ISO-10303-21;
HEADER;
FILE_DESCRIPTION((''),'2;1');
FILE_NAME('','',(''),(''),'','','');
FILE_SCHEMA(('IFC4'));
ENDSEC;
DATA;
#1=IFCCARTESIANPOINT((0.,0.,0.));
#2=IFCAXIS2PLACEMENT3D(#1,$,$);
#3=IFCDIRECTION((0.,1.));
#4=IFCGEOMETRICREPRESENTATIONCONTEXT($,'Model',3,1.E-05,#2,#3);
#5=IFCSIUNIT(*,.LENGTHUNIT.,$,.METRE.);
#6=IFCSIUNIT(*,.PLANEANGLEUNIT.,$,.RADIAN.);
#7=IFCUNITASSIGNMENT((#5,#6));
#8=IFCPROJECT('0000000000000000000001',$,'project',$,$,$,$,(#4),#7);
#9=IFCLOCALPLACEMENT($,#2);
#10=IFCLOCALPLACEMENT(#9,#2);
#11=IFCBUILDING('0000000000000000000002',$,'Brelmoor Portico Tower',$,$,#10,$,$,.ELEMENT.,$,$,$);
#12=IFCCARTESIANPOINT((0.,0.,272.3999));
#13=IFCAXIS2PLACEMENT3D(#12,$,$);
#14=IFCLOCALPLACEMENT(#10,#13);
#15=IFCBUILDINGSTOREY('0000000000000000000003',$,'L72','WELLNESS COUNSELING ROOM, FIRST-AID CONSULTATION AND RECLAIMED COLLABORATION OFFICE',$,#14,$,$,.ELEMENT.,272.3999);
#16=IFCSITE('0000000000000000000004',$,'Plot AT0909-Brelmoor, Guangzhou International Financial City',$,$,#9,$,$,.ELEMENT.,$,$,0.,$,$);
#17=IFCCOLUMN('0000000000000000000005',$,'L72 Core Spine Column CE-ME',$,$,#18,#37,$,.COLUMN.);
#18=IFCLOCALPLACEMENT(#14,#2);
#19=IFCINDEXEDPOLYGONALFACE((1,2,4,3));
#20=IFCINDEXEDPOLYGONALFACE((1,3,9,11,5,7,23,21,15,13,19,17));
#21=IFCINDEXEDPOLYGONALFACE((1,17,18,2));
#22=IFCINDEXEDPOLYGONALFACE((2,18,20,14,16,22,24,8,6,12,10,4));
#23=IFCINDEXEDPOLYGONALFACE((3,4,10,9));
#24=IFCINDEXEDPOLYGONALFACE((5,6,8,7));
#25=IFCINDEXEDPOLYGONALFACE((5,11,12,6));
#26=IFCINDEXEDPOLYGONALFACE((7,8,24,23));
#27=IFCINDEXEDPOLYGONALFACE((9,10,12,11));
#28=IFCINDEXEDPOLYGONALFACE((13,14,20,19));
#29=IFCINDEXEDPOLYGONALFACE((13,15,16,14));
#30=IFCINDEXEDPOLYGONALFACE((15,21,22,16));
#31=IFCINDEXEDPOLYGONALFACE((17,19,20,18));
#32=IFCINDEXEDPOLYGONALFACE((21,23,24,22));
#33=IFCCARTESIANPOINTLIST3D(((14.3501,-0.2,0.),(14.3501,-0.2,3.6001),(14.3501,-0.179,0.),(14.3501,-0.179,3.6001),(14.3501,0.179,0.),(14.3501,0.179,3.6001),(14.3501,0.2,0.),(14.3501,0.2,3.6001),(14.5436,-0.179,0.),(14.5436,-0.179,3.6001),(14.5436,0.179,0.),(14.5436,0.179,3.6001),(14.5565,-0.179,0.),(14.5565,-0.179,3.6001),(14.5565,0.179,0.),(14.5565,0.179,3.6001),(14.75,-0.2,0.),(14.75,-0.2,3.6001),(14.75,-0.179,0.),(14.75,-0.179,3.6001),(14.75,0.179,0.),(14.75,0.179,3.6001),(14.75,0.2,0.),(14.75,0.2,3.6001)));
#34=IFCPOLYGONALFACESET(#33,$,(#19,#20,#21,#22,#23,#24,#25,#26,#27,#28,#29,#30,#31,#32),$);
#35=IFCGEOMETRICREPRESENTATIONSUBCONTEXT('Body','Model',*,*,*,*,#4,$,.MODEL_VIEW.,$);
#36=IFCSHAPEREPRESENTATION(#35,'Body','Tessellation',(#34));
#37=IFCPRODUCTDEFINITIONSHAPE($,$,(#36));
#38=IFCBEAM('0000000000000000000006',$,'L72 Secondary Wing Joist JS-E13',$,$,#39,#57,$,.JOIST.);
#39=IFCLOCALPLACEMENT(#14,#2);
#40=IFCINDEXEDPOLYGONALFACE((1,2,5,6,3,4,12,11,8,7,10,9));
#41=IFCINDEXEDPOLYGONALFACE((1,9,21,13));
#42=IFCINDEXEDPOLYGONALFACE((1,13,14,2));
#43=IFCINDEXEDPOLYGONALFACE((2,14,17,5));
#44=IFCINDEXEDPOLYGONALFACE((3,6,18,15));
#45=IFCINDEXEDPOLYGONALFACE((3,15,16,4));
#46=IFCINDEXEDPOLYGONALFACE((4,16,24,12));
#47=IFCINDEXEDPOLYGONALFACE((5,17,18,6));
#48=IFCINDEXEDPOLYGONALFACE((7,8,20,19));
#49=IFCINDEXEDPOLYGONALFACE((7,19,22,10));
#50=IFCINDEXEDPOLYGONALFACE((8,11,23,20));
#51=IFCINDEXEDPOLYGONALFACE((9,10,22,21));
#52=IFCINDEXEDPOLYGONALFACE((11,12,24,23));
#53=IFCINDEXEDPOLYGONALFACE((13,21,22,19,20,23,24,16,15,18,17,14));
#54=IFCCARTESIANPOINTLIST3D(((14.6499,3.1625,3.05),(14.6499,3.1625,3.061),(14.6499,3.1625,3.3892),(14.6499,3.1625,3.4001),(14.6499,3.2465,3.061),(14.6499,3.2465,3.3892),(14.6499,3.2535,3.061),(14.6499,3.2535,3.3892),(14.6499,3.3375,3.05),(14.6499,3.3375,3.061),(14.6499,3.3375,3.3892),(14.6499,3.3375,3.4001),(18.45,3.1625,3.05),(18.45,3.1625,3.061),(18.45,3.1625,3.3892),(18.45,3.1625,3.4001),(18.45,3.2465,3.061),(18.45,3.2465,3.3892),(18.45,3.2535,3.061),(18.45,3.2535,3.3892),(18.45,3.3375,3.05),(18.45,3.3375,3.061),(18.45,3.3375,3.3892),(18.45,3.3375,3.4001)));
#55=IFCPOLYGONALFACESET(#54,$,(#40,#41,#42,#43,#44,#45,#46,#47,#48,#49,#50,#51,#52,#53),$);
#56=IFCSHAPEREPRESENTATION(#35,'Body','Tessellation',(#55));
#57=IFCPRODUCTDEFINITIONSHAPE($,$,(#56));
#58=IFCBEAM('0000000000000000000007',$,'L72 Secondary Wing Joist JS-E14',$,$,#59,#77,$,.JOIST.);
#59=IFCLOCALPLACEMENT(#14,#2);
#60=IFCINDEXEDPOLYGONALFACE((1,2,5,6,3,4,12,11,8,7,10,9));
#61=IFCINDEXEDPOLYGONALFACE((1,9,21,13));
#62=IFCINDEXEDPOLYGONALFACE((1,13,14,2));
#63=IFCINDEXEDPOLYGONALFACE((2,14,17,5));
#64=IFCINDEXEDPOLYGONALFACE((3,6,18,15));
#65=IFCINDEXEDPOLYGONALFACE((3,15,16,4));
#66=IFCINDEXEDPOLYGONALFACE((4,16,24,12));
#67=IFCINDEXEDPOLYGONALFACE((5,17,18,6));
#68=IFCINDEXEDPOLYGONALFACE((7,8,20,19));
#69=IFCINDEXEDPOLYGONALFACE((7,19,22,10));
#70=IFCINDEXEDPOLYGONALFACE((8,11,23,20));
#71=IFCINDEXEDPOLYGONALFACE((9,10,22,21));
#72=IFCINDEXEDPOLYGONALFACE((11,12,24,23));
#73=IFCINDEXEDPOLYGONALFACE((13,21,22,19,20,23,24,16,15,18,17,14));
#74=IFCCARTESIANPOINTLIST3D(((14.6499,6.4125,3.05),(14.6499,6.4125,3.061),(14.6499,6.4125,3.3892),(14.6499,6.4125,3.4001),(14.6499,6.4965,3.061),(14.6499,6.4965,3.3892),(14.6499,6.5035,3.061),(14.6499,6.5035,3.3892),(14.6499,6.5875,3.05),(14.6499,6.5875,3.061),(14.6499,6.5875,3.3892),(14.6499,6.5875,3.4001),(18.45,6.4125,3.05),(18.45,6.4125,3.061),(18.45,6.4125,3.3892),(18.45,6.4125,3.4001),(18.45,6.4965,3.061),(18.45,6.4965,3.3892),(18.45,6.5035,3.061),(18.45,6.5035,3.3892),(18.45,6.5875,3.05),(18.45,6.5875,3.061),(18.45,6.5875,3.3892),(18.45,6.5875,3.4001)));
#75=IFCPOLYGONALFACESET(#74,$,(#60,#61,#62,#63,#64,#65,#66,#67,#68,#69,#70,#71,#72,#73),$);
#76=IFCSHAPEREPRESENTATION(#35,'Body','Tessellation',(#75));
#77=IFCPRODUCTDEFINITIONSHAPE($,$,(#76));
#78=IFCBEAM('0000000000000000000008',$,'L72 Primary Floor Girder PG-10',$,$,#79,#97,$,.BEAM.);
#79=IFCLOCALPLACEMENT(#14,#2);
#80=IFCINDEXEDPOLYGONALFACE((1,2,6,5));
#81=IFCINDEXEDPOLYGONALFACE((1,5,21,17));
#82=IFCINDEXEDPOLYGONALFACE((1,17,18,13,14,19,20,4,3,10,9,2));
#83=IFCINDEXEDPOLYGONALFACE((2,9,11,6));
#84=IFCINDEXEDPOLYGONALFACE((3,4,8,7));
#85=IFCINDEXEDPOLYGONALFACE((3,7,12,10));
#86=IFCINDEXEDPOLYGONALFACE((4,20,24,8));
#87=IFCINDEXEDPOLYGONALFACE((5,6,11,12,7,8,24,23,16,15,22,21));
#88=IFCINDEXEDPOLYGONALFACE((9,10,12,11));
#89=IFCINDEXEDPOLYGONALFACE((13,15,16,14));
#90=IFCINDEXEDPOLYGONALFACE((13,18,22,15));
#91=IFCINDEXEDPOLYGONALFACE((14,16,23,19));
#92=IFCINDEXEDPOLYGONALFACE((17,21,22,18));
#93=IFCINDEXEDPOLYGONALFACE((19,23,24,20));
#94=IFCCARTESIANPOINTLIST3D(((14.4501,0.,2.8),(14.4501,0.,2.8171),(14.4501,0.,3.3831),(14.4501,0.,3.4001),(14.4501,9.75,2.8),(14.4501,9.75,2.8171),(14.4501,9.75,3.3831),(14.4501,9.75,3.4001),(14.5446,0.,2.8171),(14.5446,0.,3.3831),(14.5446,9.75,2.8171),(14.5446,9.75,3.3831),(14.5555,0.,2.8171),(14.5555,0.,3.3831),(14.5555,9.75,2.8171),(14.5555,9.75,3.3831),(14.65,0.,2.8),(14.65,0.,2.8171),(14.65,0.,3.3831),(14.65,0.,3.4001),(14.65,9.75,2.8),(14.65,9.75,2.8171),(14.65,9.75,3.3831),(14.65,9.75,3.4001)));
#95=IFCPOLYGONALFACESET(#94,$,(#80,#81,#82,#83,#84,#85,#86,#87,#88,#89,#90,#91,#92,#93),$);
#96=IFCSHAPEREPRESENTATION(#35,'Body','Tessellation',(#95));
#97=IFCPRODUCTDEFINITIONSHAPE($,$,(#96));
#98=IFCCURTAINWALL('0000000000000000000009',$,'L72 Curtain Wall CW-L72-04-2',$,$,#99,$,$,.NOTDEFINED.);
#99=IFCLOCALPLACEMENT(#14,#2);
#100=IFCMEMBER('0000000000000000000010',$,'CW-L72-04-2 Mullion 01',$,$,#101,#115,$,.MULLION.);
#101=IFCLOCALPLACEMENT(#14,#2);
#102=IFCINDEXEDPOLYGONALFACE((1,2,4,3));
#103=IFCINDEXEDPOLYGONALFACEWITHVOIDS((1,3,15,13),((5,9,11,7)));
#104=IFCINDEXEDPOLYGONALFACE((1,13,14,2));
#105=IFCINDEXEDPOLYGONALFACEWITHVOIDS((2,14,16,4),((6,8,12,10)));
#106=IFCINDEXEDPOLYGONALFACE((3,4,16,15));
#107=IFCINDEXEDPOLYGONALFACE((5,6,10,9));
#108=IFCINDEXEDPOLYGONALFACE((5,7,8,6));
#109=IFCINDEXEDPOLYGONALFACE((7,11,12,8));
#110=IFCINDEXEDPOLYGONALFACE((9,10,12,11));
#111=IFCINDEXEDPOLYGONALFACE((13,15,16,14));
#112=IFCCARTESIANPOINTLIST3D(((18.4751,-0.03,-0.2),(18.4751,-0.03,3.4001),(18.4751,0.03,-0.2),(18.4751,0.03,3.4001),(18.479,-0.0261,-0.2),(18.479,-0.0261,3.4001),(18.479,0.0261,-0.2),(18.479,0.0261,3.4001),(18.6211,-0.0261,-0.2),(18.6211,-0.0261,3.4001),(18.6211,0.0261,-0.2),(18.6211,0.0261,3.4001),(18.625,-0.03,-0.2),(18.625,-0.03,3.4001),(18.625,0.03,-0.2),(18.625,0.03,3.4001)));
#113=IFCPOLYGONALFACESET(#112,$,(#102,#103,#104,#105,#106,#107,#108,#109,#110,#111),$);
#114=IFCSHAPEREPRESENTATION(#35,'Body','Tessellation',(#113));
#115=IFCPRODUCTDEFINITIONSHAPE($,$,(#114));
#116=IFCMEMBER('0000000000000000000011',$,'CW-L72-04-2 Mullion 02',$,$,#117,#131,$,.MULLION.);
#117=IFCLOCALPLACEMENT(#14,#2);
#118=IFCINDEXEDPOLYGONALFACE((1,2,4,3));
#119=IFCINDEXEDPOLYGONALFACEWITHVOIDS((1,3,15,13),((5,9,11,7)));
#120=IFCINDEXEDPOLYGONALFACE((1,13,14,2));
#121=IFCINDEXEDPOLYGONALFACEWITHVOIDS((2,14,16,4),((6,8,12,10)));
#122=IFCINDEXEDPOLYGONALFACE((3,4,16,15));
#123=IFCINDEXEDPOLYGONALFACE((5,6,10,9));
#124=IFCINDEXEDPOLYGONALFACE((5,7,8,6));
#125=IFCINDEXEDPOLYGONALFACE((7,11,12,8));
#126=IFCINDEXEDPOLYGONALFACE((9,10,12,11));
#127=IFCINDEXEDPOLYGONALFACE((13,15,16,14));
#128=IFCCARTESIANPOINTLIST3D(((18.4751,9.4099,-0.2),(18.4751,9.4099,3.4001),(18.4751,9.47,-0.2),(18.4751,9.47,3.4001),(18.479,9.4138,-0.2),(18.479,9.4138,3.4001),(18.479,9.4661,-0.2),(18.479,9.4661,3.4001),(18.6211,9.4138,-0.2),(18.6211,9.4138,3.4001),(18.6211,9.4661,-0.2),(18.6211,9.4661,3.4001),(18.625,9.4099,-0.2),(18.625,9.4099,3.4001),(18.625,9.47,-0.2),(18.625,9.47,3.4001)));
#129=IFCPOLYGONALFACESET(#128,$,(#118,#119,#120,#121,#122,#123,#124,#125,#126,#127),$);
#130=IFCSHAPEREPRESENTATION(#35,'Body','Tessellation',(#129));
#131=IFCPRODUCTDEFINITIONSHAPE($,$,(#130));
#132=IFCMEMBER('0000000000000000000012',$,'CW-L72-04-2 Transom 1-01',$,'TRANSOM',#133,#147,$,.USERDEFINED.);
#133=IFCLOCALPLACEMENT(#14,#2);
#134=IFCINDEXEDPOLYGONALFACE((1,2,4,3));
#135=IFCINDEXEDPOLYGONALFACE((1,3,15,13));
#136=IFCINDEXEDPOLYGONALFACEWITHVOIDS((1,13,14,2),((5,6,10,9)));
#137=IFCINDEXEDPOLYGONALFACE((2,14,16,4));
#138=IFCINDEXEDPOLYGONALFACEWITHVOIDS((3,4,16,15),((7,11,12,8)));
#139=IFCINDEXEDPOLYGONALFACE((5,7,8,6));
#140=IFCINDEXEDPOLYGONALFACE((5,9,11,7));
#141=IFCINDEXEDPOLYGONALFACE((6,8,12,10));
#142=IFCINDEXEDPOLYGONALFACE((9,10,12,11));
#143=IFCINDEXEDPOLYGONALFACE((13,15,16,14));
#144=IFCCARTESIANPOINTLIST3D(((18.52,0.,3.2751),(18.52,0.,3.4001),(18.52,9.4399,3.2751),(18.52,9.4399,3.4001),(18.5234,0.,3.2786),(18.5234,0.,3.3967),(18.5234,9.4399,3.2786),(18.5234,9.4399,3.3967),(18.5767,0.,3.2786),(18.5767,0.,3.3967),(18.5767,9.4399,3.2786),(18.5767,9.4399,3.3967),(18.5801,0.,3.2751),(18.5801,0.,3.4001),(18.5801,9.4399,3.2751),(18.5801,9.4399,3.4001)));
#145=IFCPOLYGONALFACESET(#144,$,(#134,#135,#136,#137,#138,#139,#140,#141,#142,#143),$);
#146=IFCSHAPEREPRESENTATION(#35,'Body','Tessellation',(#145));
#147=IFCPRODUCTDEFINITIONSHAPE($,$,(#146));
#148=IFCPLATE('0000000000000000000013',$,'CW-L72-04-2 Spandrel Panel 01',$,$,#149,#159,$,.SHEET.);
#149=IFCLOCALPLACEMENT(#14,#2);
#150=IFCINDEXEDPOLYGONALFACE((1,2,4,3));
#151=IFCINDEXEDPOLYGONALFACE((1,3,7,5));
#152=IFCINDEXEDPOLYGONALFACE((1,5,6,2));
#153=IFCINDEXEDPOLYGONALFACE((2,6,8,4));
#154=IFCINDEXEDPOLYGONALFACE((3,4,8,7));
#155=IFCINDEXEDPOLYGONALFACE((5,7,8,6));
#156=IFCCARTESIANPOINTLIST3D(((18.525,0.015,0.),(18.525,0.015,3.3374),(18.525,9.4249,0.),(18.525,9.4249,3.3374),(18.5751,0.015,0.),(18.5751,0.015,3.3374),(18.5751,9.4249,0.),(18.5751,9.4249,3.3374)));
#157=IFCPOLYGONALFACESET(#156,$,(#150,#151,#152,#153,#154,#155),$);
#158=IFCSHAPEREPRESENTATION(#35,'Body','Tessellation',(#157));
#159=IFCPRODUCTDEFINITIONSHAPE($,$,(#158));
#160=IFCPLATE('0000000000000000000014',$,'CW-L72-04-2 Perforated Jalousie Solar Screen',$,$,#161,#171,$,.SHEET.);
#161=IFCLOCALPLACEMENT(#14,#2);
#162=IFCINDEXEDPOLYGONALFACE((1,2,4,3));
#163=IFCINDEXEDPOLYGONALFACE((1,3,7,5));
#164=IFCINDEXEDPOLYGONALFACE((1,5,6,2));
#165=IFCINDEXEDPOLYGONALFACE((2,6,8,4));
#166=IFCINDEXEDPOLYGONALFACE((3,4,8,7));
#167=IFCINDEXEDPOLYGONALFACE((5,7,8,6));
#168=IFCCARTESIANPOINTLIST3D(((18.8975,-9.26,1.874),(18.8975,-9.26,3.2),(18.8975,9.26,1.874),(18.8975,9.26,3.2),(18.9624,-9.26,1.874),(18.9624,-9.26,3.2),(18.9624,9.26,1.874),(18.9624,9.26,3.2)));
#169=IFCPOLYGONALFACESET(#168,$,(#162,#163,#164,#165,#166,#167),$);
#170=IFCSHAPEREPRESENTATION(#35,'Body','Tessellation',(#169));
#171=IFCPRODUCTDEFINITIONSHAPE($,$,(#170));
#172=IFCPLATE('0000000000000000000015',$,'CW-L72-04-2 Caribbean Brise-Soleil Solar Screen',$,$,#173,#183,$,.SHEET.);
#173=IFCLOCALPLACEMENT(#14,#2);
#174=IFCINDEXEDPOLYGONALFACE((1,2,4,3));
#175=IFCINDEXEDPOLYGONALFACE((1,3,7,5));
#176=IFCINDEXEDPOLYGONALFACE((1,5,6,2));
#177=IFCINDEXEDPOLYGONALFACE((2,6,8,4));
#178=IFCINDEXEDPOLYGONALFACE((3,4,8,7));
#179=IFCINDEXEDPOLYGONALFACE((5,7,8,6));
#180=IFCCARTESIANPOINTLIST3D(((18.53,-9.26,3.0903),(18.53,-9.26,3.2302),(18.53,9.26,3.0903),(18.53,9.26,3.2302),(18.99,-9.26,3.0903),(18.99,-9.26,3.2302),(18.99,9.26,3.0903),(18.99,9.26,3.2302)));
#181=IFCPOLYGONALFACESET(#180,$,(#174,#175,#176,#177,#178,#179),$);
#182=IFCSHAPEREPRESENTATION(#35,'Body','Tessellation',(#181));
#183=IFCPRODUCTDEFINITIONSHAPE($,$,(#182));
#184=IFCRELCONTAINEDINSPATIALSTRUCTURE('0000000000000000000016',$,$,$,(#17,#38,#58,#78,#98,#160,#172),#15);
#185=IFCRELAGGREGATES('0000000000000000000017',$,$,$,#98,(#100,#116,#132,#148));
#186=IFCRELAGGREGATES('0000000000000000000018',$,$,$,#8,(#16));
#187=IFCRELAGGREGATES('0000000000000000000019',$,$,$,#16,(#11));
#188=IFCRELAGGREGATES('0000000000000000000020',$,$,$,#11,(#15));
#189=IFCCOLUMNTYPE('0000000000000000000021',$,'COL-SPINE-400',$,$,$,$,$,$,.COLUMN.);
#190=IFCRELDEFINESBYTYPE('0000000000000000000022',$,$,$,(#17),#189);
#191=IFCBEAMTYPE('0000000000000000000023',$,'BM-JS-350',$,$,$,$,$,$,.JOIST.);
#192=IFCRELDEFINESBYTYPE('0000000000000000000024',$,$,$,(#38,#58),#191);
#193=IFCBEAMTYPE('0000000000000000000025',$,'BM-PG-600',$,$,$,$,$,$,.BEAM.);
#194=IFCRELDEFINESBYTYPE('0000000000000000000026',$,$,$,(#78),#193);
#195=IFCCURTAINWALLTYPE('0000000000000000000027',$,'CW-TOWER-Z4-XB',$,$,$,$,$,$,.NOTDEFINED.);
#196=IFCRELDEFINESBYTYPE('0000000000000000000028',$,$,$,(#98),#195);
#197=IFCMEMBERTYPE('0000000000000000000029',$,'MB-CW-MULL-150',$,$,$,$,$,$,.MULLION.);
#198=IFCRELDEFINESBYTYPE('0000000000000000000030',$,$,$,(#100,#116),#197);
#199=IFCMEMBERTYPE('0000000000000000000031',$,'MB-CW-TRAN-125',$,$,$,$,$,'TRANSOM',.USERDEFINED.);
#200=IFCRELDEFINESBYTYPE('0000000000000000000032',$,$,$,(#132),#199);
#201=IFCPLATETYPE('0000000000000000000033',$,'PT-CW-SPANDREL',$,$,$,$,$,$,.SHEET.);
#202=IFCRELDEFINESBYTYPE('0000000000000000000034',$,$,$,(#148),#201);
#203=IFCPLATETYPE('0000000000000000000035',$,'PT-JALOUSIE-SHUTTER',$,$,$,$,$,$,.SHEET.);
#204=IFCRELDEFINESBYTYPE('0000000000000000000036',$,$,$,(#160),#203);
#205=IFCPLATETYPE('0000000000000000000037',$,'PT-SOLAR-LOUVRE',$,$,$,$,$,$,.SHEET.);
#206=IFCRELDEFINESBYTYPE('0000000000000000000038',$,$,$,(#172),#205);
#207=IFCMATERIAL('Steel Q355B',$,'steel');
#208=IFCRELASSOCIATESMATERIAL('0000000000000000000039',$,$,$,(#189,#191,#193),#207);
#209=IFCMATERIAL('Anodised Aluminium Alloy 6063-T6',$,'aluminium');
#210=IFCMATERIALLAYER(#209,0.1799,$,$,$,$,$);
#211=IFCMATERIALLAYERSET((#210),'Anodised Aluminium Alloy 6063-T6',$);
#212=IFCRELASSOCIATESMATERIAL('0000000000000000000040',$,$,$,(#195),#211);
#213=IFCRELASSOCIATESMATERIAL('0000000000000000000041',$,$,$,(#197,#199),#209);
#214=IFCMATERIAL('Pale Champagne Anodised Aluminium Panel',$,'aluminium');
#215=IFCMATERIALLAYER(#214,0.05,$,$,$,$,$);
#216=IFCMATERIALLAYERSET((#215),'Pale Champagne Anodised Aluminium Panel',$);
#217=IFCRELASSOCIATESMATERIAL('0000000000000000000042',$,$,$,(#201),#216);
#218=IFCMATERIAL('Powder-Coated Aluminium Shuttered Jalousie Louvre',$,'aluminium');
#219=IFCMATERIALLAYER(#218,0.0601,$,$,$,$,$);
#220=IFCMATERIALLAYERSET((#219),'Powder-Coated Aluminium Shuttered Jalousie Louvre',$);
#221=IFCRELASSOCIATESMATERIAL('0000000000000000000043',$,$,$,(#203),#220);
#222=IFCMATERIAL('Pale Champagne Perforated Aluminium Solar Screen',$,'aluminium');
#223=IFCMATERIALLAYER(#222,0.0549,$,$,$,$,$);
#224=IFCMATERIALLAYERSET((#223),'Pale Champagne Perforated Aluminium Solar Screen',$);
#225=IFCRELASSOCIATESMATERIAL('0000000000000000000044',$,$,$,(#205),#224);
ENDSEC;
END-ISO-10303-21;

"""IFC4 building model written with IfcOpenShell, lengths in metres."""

from ifc_helpers import new_model, si_unit, direction, frame, origin, origin_2d, place, context, subcontext, project, spatial, rectangle, hollow_rectangle, i_section, extrude, material, layer, layer_set, material_profile, profile_set, type_object, element, aggregate, save


model = new_model("IFC4")

# Units and contexts
model_context = context("Model", 3, precision=1e-05, world=origin(), true_north=direction((0.0, 1.0)))
body_context = subcontext(model_context, "Body", "Model", "MODEL_VIEW")
ifc_project = project(units=[si_unit("LENGTHUNIT", "METRE"), si_unit("PLANEANGLEUNIT", "RADIAN")], contexts=[model_context])

# Site, building, storey
site_placement = place(None, origin())
site = spatial("IfcSite", under=ifc_project, at=site_placement, Name="Plot AT0909-Brelmoor, Guangzhou International Financial City", CompositionType="ELEMENT", RefElevation=0.0)
building_placement = place(site_placement, origin())
building = spatial("IfcBuilding", under=site, at=building_placement, Name="Brelmoor Portico Tower", CompositionType="ELEMENT")
storey_placement = place(building_placement, frame((0.0, 0.0, 272.3999)))
storey = spatial("IfcBuildingStorey", under=building, at=storey_placement, Name="L72", Description="WELLNESS COUNSELING ROOM, FIRST-AID CONSULTATION AND RECLAIMED COLLABORATION OFFICE", CompositionType="ELEMENT", Elevation=272.3999)

# Column
ifc_material_1 = material(Name="Steel Q355B", Category="steel")
ifc_material_profile_1 = material_profile(ifc_material_1, i_section(OverallWidth=0.3999, OverallDepth=0.3999, WebThickness=0.0129, FlangeThickness=0.021, at=origin_2d()), Name="HW 400x400x13x21")
ifc_profile_set_1 = profile_set([ifc_material_profile_1], Name="Steel Q355B")
column_type = type_object("IfcColumnType", Name="COL-SPINE-400", PredefinedType="COLUMN", material=ifc_profile_set_1)
column_placement = place(storey_placement, frame((14.55, 0.0, 0.0), z_axis=(0.0, 0.0, 1.0), x_axis=(1.0, 0.0, 0.0)))
element("IfcColumn", 1, at=column_placement, inside=storey, type_object=column_type, Name="L72 Core Spine Column CE-ME", PredefinedType="COLUMN", context=body_context, shape_type="SweptSolid", body=[
    extrude(i_section(OverallWidth=0.3999, OverallDepth=0.3999, WebThickness=0.0129, FlangeThickness=0.021, at=origin_2d()), origin(), (0.0, 0.0, 1.0), 3.6001),
])

# Beams
ifc_material_profile_2 = material_profile(ifc_material_1, i_section(OverallWidth=0.175, OverallDepth=0.3501, WebThickness=0.0071, FlangeThickness=0.011, at=origin_2d()), Name="HN 350x175x7x11")
ifc_profile_set_2 = profile_set([ifc_material_profile_2], Name="Steel Q355B")
beam_type_1 = type_object("IfcBeamType", Name="BM-JS-350", PredefinedType="JOIST", material=ifc_profile_set_2)
for number, where, z_axis, x_axis, name in (
    (2, (14.6499, 3.25, 3.2251), (1.0, 0.0, 0.0), (0.0, 1.0, 0.0), "L72 Secondary Wing Joist JS-E13"),
    (3, (14.6499, 6.5, 3.2251), (1.0, 0.0, 0.0), (0.0, 1.0, 0.0), "L72 Secondary Wing Joist JS-E14"),
):
    element("IfcBeam", number, at=place(storey_placement, frame(where, z_axis=z_axis, x_axis=x_axis)), inside=storey, type_object=beam_type_1, Name=name, PredefinedType="JOIST", context=body_context, shape_type="SweptSolid", body=[
        extrude(i_section(OverallWidth=0.175, OverallDepth=0.3501, WebThickness=0.0071, FlangeThickness=0.011, at=origin_2d()), origin(), (0.0, 0.0, 1.0), 3.8),
    ])
ifc_material_profile_3 = material_profile(ifc_material_1, i_section(OverallWidth=0.2, OverallDepth=0.6001, WebThickness=0.011, FlangeThickness=0.0171, at=origin_2d()), Name="HN 600x200x11x17")
ifc_profile_set_3 = profile_set([ifc_material_profile_3], Name="Steel Q355B")
beam_type_2 = type_object("IfcBeamType", Name="BM-PG-600", PredefinedType="BEAM", material=ifc_profile_set_3)
beam_placement = place(storey_placement, frame((14.55, 0.0, 3.1001), z_axis=(0.0, 1.0, 0.0), x_axis=(-1.0, 0.0, 0.0)))
element("IfcBeam", 4, at=beam_placement, inside=storey, type_object=beam_type_2, Name="L72 Primary Floor Girder PG-10", PredefinedType="BEAM", context=body_context, shape_type="SweptSolid", body=[
    extrude(i_section(OverallWidth=0.2, OverallDepth=0.6001, WebThickness=0.011, FlangeThickness=0.0171, at=origin_2d()), origin(), (0.0, 0.0, 1.0), 9.75),
])

# Curtain wall, members, plate
ifc_material_2 = material(Name="Anodised Aluminium Alloy 6063-T6", Category="aluminium")
ifc_layer_1 = layer(ifc_material_2, 0.1799)
ifc_layer_set_1 = layer_set([ifc_layer_1], Name="Anodised Aluminium Alloy 6063-T6")
curtain_wall_type = type_object("IfcCurtainWallType", Name="CW-TOWER-Z4-XB", PredefinedType="NOTDEFINED", material=ifc_layer_set_1)
curtain_wall_placement = place(storey_placement, origin())
curtain_wall = element("IfcCurtainWall", 5, at=curtain_wall_placement, inside=storey, type_object=curtain_wall_type, Name="L72 Curtain Wall CW-L72-04-2", PredefinedType="NOTDEFINED")
ifc_material_profile_4 = material_profile(ifc_material_2, hollow_rectangle(XDim=0.0601, YDim=0.1499, WallThickness=0.0039, at=origin_2d()), Name="ALU MULLION 60x150")
ifc_profile_set_4 = profile_set([ifc_material_profile_4], Name="Anodised Aluminium Alloy 6063-T6")
member_type_1 = type_object("IfcMemberType", Name="MB-CW-MULL-150", PredefinedType="MULLION", material=ifc_profile_set_4)
member_1_placement = place(storey_placement, frame((18.55, 0.0, -0.2), z_axis=(0.0, 0.0, 1.0), x_axis=(0.0, 1.0, 0.0)))
member_1 = element("IfcMember", 6, at=member_1_placement, type_object=member_type_1, Name="CW-L72-04-2 Mullion 01", PredefinedType="MULLION", context=body_context, shape_type="SweptSolid", body=[
    extrude(hollow_rectangle(XDim=0.0601, YDim=0.1499, WallThickness=0.0039, at=origin_2d()), origin(), (0.0, 0.0, 1.0), 3.6001),
])
member_2_placement = place(storey_placement, frame((18.55, 9.4399, -0.2), z_axis=(0.0, 0.0, 1.0), x_axis=(0.0, 1.0, 0.0)))
member_2 = element("IfcMember", 7, at=member_2_placement, type_object=member_type_1, Name="CW-L72-04-2 Mullion 02", PredefinedType="MULLION", context=body_context, shape_type="SweptSolid", body=[
    extrude(hollow_rectangle(XDim=0.0601, YDim=0.1499, WallThickness=0.0039, at=origin_2d()), origin(), (0.0, 0.0, 1.0), 3.6001),
])
ifc_material_profile_5 = material_profile(ifc_material_2, hollow_rectangle(XDim=0.0601, YDim=0.125, WallThickness=0.0034, at=origin_2d()), Name="ALU TRANSOM 60x125")
ifc_profile_set_5 = profile_set([ifc_material_profile_5], Name="Anodised Aluminium Alloy 6063-T6")
member_type_2 = type_object("IfcMemberType", Name="MB-CW-TRAN-125", ElementType="TRANSOM", PredefinedType="USERDEFINED", material=ifc_profile_set_5)
member_3_placement = place(storey_placement, frame((18.55, 0.0, 3.3376), z_axis=(0.0, 1.0, 0.0), x_axis=(-1.0, 0.0, 0.0)))
member_3 = element("IfcMember", 8, at=member_3_placement, type_object=member_type_2, Name="CW-L72-04-2 Transom 1-01", ObjectType="TRANSOM", PredefinedType="USERDEFINED", context=body_context, shape_type="SweptSolid", body=[
    extrude(hollow_rectangle(XDim=0.0601, YDim=0.125, WallThickness=0.0034, at=origin_2d()), origin(), (0.0, 0.0, 1.0), 9.4399),
])
ifc_material_3 = material(Name="Pale Champagne Anodised Aluminium Panel", Category="aluminium")
ifc_layer_2 = layer(ifc_material_3, 0.05)
ifc_layer_set_2 = layer_set([ifc_layer_2], Name="Pale Champagne Anodised Aluminium Panel")
plate_type_1 = type_object("IfcPlateType", Name="PT-CW-SPANDREL", PredefinedType="SHEET", material=ifc_layer_set_2)
plate_1_placement = place(storey_placement, frame((18.55, 4.72, 0.0), z_axis=(0.0, 0.0, 1.0), x_axis=(0.0, 1.0, 0.0)))
plate_1 = element("IfcPlate", 9, at=plate_1_placement, type_object=plate_type_1, Name="CW-L72-04-2 Spandrel Panel 01", PredefinedType="SHEET", context=body_context, shape_type="SweptSolid", body=[
    extrude(rectangle(XDim=9.4099, YDim=0.05, at=origin_2d()), origin(), (0.0, 0.0, 1.0), 3.3374),
])
aggregate(curtain_wall, [member_1, member_2, member_3, plate_1])

# Plates
ifc_material_4 = material(Name="Powder-Coated Aluminium Shuttered Jalousie Louvre", Category="aluminium")
ifc_layer_3 = layer(ifc_material_4, 0.0601)
ifc_layer_set_3 = layer_set([ifc_layer_3], Name="Powder-Coated Aluminium Shuttered Jalousie Louvre")
plate_type_2 = type_object("IfcPlateType", Name="PT-JALOUSIE-SHUTTER", PredefinedType="SHEET", material=ifc_layer_set_3)
plate_2_placement = place(storey_placement, frame((18.9299, 0.0, 1.874), z_axis=(0.0, 0.0, 1.0), x_axis=(0.0, 1.0, 0.0)))
element("IfcPlate", 10, at=plate_2_placement, inside=storey, type_object=plate_type_2, Name="CW-L72-04-2 Perforated Jalousie Solar Screen", PredefinedType="SHEET", context=body_context, shape_type="SweptSolid", body=[
    extrude(rectangle(XDim=18.52, YDim=0.0649, at=origin_2d()), origin(), (0.0, 0.0, 1.0), 1.3259),
])
ifc_material_5 = material(Name="Pale Champagne Perforated Aluminium Solar Screen", Category="aluminium")
ifc_layer_4 = layer(ifc_material_5, 0.0549)
ifc_layer_set_4 = layer_set([ifc_layer_4], Name="Pale Champagne Perforated Aluminium Solar Screen")
plate_type_3 = type_object("IfcPlateType", Name="PT-SOLAR-LOUVRE", PredefinedType="SHEET", material=ifc_layer_set_4)
plate_3_placement = place(storey_placement, frame((18.76, 0.0, 3.0903), z_axis=(0.0, 0.0, 1.0), x_axis=(0.0, 1.0, 0.0)))
element("IfcPlate", 11, at=plate_3_placement, inside=storey, type_object=plate_type_3, Name="CW-L72-04-2 Caribbean Brise-Soleil Solar Screen", PredefinedType="SHEET", context=body_context, shape_type="SweptSolid", body=[
    extrude(rectangle(XDim=18.52, YDim=0.46, at=origin_2d()), origin(), (0.0, 0.0, 1.0), 0.1399),
])

save(model, "model.ifc")
